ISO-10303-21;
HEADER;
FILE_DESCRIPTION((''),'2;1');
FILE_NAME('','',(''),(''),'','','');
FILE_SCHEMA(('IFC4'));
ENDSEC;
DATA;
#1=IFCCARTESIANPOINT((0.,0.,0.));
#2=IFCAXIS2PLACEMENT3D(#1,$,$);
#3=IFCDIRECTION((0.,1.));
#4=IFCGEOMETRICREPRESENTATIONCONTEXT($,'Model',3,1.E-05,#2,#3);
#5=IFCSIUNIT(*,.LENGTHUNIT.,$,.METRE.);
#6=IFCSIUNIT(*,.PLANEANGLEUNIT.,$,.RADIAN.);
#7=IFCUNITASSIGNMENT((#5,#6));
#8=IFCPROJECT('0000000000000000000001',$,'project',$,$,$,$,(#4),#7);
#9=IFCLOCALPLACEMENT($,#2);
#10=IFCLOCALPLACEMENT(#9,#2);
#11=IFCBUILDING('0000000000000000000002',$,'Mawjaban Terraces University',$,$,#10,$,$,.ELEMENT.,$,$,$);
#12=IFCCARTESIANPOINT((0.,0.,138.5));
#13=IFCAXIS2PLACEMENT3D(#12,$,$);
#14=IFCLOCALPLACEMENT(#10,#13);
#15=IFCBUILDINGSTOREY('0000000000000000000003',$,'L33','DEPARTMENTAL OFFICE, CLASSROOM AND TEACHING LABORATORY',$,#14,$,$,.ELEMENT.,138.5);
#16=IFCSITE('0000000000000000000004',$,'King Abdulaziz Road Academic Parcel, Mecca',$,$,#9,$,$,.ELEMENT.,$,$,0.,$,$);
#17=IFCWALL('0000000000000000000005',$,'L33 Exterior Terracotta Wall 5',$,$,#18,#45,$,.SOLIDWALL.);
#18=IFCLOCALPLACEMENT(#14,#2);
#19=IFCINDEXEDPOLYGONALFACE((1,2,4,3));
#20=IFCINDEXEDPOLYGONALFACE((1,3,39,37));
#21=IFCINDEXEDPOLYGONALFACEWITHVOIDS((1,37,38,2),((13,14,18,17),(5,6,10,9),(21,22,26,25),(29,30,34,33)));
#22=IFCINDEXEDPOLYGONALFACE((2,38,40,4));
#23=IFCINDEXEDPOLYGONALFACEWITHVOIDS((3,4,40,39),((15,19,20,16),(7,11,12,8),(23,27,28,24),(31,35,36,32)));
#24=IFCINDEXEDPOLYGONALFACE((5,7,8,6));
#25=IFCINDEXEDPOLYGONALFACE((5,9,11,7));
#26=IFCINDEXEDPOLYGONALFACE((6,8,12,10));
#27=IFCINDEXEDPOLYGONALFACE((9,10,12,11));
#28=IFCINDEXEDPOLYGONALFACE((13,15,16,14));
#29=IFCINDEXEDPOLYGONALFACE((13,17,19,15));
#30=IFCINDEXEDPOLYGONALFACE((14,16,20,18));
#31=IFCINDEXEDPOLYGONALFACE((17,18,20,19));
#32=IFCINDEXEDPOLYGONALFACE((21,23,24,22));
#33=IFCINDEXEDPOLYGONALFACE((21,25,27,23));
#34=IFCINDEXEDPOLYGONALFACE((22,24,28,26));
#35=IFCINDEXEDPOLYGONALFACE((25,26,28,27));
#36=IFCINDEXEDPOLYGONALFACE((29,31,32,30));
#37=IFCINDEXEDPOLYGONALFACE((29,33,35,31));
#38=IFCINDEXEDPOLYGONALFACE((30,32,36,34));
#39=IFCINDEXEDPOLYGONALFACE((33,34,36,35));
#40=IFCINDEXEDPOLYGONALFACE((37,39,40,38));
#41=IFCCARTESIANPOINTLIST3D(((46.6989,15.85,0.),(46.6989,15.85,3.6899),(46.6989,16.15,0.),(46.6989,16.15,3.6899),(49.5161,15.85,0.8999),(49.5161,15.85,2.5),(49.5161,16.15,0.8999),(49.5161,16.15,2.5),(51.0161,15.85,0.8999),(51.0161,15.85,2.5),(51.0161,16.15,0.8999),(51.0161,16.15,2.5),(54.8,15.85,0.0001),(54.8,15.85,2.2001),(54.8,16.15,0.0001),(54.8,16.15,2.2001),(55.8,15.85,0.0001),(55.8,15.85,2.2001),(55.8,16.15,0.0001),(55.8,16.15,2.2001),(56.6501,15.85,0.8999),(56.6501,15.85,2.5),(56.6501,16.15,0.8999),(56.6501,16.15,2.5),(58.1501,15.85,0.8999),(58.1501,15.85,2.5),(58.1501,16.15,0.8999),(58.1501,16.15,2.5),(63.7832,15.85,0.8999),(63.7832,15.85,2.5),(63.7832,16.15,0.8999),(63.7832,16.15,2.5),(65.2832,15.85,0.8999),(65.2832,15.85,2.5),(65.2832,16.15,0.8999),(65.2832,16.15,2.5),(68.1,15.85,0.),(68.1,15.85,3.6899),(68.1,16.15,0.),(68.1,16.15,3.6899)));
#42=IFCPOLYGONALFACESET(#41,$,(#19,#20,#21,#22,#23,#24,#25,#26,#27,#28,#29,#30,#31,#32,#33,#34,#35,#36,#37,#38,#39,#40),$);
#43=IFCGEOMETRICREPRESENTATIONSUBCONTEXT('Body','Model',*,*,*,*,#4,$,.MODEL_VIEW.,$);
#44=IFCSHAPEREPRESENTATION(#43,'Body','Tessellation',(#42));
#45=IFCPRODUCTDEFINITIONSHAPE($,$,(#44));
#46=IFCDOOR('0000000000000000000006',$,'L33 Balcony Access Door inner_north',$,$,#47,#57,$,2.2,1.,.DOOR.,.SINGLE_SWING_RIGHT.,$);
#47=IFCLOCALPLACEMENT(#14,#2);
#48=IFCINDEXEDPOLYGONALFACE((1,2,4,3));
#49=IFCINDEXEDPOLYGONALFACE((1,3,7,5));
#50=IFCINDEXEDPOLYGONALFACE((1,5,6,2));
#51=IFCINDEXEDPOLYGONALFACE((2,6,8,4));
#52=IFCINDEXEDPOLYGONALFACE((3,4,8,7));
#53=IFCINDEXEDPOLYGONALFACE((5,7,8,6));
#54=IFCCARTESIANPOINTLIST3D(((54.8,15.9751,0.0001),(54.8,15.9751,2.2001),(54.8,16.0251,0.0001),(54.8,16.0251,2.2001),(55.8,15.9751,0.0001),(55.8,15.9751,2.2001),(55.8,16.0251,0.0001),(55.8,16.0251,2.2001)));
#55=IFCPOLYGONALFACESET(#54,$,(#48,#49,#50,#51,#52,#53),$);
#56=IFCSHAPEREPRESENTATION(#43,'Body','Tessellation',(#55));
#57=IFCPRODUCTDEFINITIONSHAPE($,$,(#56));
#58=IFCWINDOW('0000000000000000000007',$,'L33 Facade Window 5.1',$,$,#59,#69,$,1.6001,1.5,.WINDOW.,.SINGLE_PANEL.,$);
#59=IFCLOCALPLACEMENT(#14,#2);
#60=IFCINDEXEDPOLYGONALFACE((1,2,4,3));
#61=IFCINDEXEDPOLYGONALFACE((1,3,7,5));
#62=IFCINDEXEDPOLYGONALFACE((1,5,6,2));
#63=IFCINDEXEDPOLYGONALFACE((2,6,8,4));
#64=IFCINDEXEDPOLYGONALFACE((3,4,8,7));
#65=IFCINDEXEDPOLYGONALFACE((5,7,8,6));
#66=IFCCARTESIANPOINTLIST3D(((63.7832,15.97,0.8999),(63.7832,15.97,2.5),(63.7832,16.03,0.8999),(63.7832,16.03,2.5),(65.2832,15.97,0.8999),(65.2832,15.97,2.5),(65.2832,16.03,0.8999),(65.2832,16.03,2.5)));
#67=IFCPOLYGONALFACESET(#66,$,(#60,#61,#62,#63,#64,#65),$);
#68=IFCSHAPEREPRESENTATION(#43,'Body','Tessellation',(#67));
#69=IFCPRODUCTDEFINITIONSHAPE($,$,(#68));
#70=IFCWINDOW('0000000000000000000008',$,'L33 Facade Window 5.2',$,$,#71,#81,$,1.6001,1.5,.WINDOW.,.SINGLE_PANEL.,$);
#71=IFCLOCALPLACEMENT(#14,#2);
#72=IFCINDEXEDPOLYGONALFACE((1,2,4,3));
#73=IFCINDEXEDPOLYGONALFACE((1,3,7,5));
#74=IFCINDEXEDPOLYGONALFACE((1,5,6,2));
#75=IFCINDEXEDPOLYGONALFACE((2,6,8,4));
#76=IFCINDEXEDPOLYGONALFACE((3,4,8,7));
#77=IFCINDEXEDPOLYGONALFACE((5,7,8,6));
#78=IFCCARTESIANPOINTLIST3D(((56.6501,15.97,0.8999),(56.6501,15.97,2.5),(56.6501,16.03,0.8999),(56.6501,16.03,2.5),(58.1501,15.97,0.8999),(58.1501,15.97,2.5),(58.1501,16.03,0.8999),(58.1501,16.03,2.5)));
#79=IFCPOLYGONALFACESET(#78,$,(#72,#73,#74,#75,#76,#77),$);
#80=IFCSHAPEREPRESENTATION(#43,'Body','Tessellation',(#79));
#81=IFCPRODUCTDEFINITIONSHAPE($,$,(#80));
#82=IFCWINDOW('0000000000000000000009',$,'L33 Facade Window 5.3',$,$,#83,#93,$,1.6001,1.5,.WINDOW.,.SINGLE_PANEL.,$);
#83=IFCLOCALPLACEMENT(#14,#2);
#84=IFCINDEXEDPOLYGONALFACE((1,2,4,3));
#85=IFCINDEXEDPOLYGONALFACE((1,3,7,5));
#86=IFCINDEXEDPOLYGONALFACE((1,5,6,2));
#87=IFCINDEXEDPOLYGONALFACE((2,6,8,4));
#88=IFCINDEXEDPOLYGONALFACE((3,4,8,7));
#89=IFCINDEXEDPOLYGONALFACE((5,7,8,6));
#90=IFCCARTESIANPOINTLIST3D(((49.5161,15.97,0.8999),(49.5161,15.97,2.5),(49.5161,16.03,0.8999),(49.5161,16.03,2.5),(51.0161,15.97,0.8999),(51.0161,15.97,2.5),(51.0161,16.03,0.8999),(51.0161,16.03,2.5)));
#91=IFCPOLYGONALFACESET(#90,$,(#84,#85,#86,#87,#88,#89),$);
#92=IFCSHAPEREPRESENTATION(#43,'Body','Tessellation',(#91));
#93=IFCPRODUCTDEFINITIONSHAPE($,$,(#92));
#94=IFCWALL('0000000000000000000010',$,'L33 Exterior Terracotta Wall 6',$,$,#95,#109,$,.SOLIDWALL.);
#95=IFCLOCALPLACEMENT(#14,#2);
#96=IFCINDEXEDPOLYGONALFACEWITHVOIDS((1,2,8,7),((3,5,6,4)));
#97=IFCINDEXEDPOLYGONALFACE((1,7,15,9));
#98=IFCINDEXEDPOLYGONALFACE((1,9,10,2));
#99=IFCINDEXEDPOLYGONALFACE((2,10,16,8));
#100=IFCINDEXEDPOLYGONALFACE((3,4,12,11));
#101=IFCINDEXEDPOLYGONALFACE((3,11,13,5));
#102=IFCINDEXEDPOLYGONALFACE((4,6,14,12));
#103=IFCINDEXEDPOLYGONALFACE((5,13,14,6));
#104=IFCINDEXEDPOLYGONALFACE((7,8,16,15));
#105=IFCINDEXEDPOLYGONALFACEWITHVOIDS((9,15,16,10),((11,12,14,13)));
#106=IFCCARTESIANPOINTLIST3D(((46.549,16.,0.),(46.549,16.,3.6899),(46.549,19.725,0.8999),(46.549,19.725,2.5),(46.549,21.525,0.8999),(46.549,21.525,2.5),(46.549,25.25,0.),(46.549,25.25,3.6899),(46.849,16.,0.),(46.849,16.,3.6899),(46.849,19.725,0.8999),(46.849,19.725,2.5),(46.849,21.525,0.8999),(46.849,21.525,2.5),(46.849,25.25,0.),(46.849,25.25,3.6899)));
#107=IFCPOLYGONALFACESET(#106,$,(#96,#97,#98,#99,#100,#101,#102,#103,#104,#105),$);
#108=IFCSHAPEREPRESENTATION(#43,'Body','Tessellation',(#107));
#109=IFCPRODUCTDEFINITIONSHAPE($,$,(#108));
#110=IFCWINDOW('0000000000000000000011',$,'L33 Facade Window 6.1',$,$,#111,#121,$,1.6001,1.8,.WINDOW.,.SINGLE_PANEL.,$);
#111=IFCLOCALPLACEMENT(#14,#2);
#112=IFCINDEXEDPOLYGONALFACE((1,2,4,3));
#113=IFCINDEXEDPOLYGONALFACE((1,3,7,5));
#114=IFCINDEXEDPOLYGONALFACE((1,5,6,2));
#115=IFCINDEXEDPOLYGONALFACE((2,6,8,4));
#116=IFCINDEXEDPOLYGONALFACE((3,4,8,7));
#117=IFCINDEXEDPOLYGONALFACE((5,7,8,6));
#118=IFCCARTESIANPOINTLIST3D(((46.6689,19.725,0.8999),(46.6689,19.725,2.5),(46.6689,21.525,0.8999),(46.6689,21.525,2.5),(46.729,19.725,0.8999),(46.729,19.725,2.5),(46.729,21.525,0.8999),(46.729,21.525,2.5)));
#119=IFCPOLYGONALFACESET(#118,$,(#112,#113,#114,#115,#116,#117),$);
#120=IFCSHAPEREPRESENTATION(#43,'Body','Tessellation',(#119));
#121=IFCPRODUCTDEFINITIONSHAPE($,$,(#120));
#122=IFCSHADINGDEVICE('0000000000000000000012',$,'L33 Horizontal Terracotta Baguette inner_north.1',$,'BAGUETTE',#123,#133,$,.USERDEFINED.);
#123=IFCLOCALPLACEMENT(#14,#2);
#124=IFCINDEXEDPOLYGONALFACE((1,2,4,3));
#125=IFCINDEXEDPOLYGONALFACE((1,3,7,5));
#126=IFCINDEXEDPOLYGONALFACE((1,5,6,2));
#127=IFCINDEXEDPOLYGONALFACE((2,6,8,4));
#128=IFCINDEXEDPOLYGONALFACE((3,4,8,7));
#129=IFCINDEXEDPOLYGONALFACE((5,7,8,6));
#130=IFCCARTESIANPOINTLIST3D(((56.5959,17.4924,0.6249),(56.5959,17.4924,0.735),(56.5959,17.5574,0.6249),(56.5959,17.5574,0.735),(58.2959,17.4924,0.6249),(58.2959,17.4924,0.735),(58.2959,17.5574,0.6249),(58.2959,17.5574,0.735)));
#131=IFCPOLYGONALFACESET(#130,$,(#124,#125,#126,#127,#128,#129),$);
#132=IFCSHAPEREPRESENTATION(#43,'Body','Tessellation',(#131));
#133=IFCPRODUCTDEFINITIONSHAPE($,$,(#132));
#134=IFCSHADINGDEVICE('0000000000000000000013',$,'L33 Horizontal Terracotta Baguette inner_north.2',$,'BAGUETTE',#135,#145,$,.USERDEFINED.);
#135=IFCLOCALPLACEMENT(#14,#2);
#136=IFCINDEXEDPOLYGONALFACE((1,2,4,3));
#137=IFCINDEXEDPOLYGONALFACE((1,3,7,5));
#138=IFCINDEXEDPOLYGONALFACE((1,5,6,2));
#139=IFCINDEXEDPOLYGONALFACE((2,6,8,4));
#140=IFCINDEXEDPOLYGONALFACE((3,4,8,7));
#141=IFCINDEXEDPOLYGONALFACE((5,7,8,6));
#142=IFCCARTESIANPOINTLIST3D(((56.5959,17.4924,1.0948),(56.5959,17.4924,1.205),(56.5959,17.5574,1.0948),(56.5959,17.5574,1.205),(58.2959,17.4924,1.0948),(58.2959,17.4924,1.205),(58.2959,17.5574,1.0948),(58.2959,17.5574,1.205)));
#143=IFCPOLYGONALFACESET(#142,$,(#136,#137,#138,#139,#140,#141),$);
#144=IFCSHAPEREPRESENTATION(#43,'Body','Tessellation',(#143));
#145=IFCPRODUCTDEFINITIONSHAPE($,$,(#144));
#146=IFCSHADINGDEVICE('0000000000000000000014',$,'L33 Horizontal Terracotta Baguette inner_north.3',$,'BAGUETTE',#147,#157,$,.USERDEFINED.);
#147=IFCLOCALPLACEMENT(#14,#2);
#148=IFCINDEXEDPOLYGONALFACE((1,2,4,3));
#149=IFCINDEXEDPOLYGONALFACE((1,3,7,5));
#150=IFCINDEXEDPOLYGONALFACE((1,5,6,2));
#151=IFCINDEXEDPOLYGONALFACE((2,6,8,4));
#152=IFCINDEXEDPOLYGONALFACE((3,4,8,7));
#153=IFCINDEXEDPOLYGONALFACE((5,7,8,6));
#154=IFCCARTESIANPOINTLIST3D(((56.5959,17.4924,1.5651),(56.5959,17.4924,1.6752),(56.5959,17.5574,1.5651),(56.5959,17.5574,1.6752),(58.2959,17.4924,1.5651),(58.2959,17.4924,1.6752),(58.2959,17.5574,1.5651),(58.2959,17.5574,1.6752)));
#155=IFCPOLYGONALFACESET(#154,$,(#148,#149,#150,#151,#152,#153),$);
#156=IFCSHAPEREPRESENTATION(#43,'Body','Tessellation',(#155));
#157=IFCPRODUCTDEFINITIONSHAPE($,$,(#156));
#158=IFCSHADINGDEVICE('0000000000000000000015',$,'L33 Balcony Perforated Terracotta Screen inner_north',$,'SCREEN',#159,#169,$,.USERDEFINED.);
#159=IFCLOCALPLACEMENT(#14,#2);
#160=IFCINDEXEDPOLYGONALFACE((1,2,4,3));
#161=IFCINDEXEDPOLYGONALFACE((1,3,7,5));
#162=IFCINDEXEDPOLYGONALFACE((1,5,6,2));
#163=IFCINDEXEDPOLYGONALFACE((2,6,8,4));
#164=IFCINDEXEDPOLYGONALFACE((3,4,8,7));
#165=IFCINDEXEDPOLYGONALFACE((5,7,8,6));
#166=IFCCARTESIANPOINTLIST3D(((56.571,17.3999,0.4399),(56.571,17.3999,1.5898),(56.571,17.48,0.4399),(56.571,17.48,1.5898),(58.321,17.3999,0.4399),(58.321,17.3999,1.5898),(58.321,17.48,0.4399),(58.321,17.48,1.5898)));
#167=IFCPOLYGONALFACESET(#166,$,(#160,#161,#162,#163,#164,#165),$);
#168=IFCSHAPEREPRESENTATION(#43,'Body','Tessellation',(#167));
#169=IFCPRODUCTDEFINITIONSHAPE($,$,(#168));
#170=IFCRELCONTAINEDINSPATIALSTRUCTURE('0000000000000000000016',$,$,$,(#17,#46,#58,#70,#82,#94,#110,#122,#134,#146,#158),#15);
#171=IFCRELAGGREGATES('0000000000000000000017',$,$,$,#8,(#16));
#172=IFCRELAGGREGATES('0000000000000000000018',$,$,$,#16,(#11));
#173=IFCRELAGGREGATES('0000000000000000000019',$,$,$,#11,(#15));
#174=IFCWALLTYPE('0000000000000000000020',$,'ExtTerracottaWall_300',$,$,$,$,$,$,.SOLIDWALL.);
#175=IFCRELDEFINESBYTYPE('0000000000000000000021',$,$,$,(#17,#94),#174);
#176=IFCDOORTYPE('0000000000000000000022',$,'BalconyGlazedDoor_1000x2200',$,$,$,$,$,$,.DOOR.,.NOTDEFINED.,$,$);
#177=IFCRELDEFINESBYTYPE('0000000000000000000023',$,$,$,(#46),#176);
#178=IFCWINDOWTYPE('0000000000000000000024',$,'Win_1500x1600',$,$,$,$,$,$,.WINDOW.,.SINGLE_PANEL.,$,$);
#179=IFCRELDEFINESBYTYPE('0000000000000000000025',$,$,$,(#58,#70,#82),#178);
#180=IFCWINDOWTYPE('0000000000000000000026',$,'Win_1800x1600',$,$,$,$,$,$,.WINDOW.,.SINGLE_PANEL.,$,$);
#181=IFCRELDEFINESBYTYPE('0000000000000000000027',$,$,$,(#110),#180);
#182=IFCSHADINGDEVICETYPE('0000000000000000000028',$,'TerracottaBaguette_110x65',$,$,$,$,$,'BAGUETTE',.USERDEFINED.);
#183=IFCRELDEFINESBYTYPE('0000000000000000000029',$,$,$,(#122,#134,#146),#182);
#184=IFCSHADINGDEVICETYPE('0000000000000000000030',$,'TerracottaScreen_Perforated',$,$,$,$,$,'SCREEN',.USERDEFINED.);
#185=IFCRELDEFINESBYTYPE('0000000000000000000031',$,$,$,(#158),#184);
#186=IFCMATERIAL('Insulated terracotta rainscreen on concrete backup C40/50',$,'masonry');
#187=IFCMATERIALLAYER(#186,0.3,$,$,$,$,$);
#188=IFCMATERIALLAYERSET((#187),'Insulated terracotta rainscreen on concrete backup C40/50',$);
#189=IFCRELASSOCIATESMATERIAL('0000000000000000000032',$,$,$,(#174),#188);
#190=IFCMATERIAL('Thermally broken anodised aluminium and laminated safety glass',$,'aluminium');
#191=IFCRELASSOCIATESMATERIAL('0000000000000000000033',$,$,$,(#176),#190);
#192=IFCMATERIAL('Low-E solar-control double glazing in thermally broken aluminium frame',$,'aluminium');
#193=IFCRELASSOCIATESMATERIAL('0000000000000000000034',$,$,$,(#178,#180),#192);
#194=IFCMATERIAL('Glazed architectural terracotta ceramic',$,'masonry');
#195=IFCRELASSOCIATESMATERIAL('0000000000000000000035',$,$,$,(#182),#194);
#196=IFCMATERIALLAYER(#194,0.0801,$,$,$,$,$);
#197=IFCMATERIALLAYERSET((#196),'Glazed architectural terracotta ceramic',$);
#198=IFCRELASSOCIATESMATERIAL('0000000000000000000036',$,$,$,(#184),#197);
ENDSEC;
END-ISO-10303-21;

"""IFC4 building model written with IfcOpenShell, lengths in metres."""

from ifc_helpers import new_model, si_unit, direction, frame, frame_2d, origin, origin_2d, place, context, subcontext, project, spatial, rectangle, extrude, material, layer, layer_set, material_profile, profile_set, type_object, element, fill, save


model = new_model("IFC4")

# Units and contexts
model_context = context("Model", 3, precision=1e-05, world=origin(), true_north=direction((0.0, 1.0)))
body_context = subcontext(model_context, "Body", "Model", "MODEL_VIEW")
ifc_project = project(units=[si_unit("LENGTHUNIT", "METRE"), si_unit("PLANEANGLEUNIT", "RADIAN")], contexts=[model_context])

# Site, building, storey
site_placement = place(None, origin())
site = spatial("IfcSite", under=ifc_project, at=site_placement, Name="King Abdulaziz Road Academic Parcel, Mecca", CompositionType="ELEMENT", RefElevation=0.0)
building_placement = place(site_placement, origin())
building = spatial("IfcBuilding", under=site, at=building_placement, Name="Mawjaban Terraces University", CompositionType="ELEMENT")
storey_placement = place(building_placement, frame((0.0, 0.0, 138.5)))
storey = spatial("IfcBuildingStorey", under=building, at=storey_placement, Name="L33", Description="DEPARTMENTAL OFFICE, CLASSROOM AND TEACHING LABORATORY", CompositionType="ELEMENT", Elevation=138.5)

# Wall, openings, door, windows
ifc_material_1 = material(Name="Insulated terracotta rainscreen on concrete backup C40/50", Category="masonry")
ifc_layer_1 = layer(ifc_material_1, 0.3)
ifc_layer_set_1 = layer_set([ifc_layer_1], Name="Insulated terracotta rainscreen on concrete backup C40/50")
wall_type = type_object("IfcWallType", Name="ExtTerracottaWall_300", PredefinedType="SOLIDWALL", material=ifc_layer_set_1)
wall_1_placement = place(storey_placement, frame((68.1001, 16.0, 0.0), z_axis=(0.0, 0.0, 1.0), x_axis=(-1.0, 0.0, 0.0)))
wall_1 = element("IfcWall", 1, at=wall_1_placement, inside=storey, type_object=wall_type, Name="L33 Exterior Terracotta Wall 5", PredefinedType="SOLIDWALL", context=body_context, shape_type="SweptSolid", body=[
    extrude(rectangle(XDim=21.4011, YDim=0.3, at=frame_2d((10.7007, 0.0))), origin(), (0.0, 0.0, 1.0), 3.6899),
])
opening_1_placement = place(wall_1_placement, frame((12.3, 0.0, 0.0)))
opening_1 = element("IfcOpeningElement", 2, at=opening_1_placement, cuts=wall_1, PredefinedType="OPENING", context=body_context, shape_type="SweptSolid", body=[
    extrude(rectangle(XDim=1.0, YDim=2.2, at=frame_2d((0.5, 1.1001))), frame((0.0, 0.1599, 0.0), z_axis=(0.0, -1.0, 0.0), x_axis=(1.0, 0.0, 0.0)), (0.0, 0.0, 1.0), 0.3201),
])
opening_2_placement = place(wall_1_placement, frame((2.8169, 0.0, 0.8999)))
opening_2 = element("IfcOpeningElement", 3, at=opening_2_placement, cuts=wall_1, PredefinedType="OPENING", context=body_context, shape_type="SweptSolid", body=[
    extrude(rectangle(XDim=1.5, YDim=1.6001, at=frame_2d((0.75, 0.8))), frame((0.0, 0.1599, 0.0), z_axis=(0.0, -1.0, 0.0), x_axis=(1.0, 0.0, 0.0)), (0.0, 0.0, 1.0), 0.3201),
])
opening_3_placement = place(wall_1_placement, frame((9.95, 0.0, 0.8999)))
opening_3 = element("IfcOpeningElement", 4, at=opening_3_placement, cuts=wall_1, PredefinedType="OPENING", context=body_context, shape_type="SweptSolid", body=[
    extrude(rectangle(XDim=1.5, YDim=1.6001, at=frame_2d((0.75, 0.8))), frame((0.0, 0.1599, 0.0), z_axis=(0.0, -1.0, 0.0), x_axis=(1.0, 0.0, 0.0)), (0.0, 0.0, 1.0), 0.3201),
])
opening_4_placement = place(wall_1_placement, frame((17.084, 0.0, 0.8999)))
opening_4 = element("IfcOpeningElement", 5, at=opening_4_placement, cuts=wall_1, PredefinedType="OPENING", context=body_context, shape_type="SweptSolid", body=[
    extrude(rectangle(XDim=1.5, YDim=1.6001, at=frame_2d((0.75, 0.8))), frame((0.0, 0.1599, 0.0), z_axis=(0.0, -1.0, 0.0), x_axis=(1.0, 0.0, 0.0)), (0.0, 0.0, 1.0), 0.3201),
])
ifc_material_2 = material(Name="Thermally broken anodised aluminium and laminated safety glass", Category="aluminium")
door_type = type_object("IfcDoorType", Name="BalconyGlazedDoor_1000x2200", OperationType="NOTDEFINED", PredefinedType="DOOR", material=ifc_material_2)
door_placement = place(opening_1_placement, origin())
door = element("IfcDoor", 6, at=door_placement, inside=storey, type_object=door_type, Name="L33 Balcony Access Door inner_north", OperationType="SINGLE_SWING_RIGHT", OverallHeight=2.2, OverallWidth=1.0, PredefinedType="DOOR", context=body_context, shape_type="SweptSolid", body=[
    extrude(rectangle(XDim=1.0, YDim=2.2, at=frame_2d((0.5, 1.1001))), frame((0.0, 0.0249, 0.0), z_axis=(0.0, -1.0, 0.0), x_axis=(1.0, 0.0, 0.0)), (0.0, 0.0, 1.0), 0.05),
])
fill(opening_1, door)
ifc_material_3 = material(Name="Low-E solar-control double glazing in thermally broken aluminium frame", Category="aluminium")
window_type_1 = type_object("IfcWindowType", Name="Win_1500x1600", PartitioningType="SINGLE_PANEL", PredefinedType="WINDOW", material=ifc_material_3)
window_1_placement = place(opening_2_placement, origin())
window_1 = element("IfcWindow", 7, at=window_1_placement, inside=storey, type_object=window_type_1, Name="L33 Facade Window 5.1", OverallHeight=1.6001, OverallWidth=1.5, PartitioningType="SINGLE_PANEL", PredefinedType="WINDOW", context=body_context, shape_type="SweptSolid", body=[
    extrude(rectangle(XDim=1.5, YDim=1.6001, at=frame_2d((0.75, 0.8))), frame((0.0, 0.03, 0.0), z_axis=(0.0, -1.0, 0.0), x_axis=(1.0, 0.0, 0.0)), (0.0, 0.0, 1.0), 0.0601),
])
fill(opening_2, window_1)
window_2_placement = place(opening_3_placement, origin())
window_2 = element("IfcWindow", 8, at=window_2_placement, inside=storey, type_object=window_type_1, Name="L33 Facade Window 5.2", OverallHeight=1.6001, OverallWidth=1.5, PartitioningType="SINGLE_PANEL", PredefinedType="WINDOW", context=body_context, shape_type="SweptSolid", body=[
    extrude(rectangle(XDim=1.5, YDim=1.6001, at=frame_2d((0.75, 0.8))), frame((0.0, 0.03, 0.0), z_axis=(0.0, -1.0, 0.0), x_axis=(1.0, 0.0, 0.0)), (0.0, 0.0, 1.0), 0.0601),
])
fill(opening_3, window_2)
window_3_placement = place(opening_4_placement, origin())
window_3 = element("IfcWindow", 9, at=window_3_placement, inside=storey, type_object=window_type_1, Name="L33 Facade Window 5.3", OverallHeight=1.6001, OverallWidth=1.5, PartitioningType="SINGLE_PANEL", PredefinedType="WINDOW", context=body_context, shape_type="SweptSolid", body=[
    extrude(rectangle(XDim=1.5, YDim=1.6001, at=frame_2d((0.75, 0.8))), frame((0.0, 0.03, 0.0), z_axis=(0.0, -1.0, 0.0), x_axis=(1.0, 0.0, 0.0)), (0.0, 0.0, 1.0), 0.0601),
])
fill(opening_4, window_3)

# Wall, opening, window
wall_2_placement = place(storey_placement, frame((46.699, 16.0, 0.0), z_axis=(0.0, 0.0, 1.0), x_axis=(0.0, 1.0, 0.0)))
wall_2 = element("IfcWall", 10, at=wall_2_placement, inside=storey, type_object=wall_type, Name="L33 Exterior Terracotta Wall 6", PredefinedType="SOLIDWALL", context=body_context, shape_type="SweptSolid", body=[
    extrude(rectangle(XDim=9.25, YDim=0.3, at=frame_2d((4.625, 0.0))), origin(), (0.0, 0.0, 1.0), 3.6899),
])
opening_5_placement = place(wall_2_placement, frame((3.7251, 0.0, 0.8999)))
opening_5 = element("IfcOpeningElement", 11, at=opening_5_placement, cuts=wall_2, PredefinedType="OPENING", context=body_context, shape_type="SweptSolid", body=[
    extrude(rectangle(XDim=1.8, YDim=1.6001, at=frame_2d((0.8999, 0.8))), frame((0.0, 0.1599, 0.0), z_axis=(0.0, -1.0, 0.0), x_axis=(1.0, 0.0, 0.0)), (0.0, 0.0, 1.0), 0.3201),
])
window_type_2 = type_object("IfcWindowType", Name="Win_1800x1600", PartitioningType="SINGLE_PANEL", PredefinedType="WINDOW", material=ifc_material_3)
window_4_placement = place(opening_5_placement, origin())
window_4 = element("IfcWindow", 12, at=window_4_placement, inside=storey, type_object=window_type_2, Name="L33 Facade Window 6.1", OverallHeight=1.6001, OverallWidth=1.8, PartitioningType="SINGLE_PANEL", PredefinedType="WINDOW", context=body_context, shape_type="SweptSolid", body=[
    extrude(rectangle(XDim=1.8, YDim=1.6001, at=frame_2d((0.8999, 0.8))), frame((0.0, 0.03, 0.0), z_axis=(0.0, -1.0, 0.0), x_axis=(1.0, 0.0, 0.0)), (0.0, 0.0, 1.0), 0.0601),
])
fill(opening_5, window_4)

# Shading devices
ifc_material_4 = material(Name="Glazed architectural terracotta ceramic", Category="masonry")
ifc_material_profile_1 = material_profile(ifc_material_4, rectangle(XDim=0.0649, YDim=0.1101, at=origin_2d()), Name="TBAG110X65")
ifc_profile_set_1 = profile_set([ifc_material_profile_1], Name="Glazed architectural terracotta ceramic")
shading_device_type_1 = type_object("IfcShadingDeviceType", Name="TerracottaBaguette_110x65", ElementType="BAGUETTE", PredefinedType="USERDEFINED", material=ifc_profile_set_1)
for number, where, z_axis, x_axis, name in (
    (13, (56.5959, 17.5249, 0.6799), (1.0, 0.0, 0.0), (0.0, 1.0, 0.0), "L33 Horizontal Terracotta Baguette inner_north.1"),
    (14, (56.5959, 17.5249, 1.1499), (1.0, 0.0, 0.0), (0.0, 1.0, 0.0), "L33 Horizontal Terracotta Baguette inner_north.2"),
    (15, (56.5959, 17.5249, 1.6201), (1.0, 0.0, 0.0), (0.0, 1.0, 0.0), "L33 Horizontal Terracotta Baguette inner_north.3"),
):
    element("IfcShadingDevice", number, at=place(storey_placement, frame(where, z_axis=z_axis, x_axis=x_axis)), inside=storey, type_object=shading_device_type_1, Name=name, ObjectType="BAGUETTE", PredefinedType="USERDEFINED", context=body_context, shape_type="SweptSolid", body=[
        extrude(rectangle(XDim=0.0649, YDim=0.1101, at=origin_2d()), origin(), (0.0, 0.0, 1.0), 1.7),
    ])
ifc_layer_2 = layer(ifc_material_4, 0.0801)
ifc_layer_set_2 = layer_set([ifc_layer_2], Name="Glazed architectural terracotta ceramic")
shading_device_type_2 = type_object("IfcShadingDeviceType", Name="TerracottaScreen_Perforated", ElementType="SCREEN", PredefinedType="USERDEFINED", material=ifc_layer_set_2)
shading_device_placement = place(storey_placement, frame((57.446, 17.4399, 0.4399), z_axis=(0.0, 0.0, 1.0), x_axis=(1.0, 0.0, 0.0)))
element("IfcShadingDevice", 16, at=shading_device_placement, inside=storey, type_object=shading_device_type_2, Name="L33 Balcony Perforated Terracotta Screen inner_north", ObjectType="SCREEN", PredefinedType="USERDEFINED", context=body_context, shape_type="SweptSolid", body=[
    extrude(rectangle(XDim=1.75, YDim=0.0801, at=origin_2d()), origin(), (0.0, 0.0, 1.0), 1.1499),
])

save(model, "model.ifc")
